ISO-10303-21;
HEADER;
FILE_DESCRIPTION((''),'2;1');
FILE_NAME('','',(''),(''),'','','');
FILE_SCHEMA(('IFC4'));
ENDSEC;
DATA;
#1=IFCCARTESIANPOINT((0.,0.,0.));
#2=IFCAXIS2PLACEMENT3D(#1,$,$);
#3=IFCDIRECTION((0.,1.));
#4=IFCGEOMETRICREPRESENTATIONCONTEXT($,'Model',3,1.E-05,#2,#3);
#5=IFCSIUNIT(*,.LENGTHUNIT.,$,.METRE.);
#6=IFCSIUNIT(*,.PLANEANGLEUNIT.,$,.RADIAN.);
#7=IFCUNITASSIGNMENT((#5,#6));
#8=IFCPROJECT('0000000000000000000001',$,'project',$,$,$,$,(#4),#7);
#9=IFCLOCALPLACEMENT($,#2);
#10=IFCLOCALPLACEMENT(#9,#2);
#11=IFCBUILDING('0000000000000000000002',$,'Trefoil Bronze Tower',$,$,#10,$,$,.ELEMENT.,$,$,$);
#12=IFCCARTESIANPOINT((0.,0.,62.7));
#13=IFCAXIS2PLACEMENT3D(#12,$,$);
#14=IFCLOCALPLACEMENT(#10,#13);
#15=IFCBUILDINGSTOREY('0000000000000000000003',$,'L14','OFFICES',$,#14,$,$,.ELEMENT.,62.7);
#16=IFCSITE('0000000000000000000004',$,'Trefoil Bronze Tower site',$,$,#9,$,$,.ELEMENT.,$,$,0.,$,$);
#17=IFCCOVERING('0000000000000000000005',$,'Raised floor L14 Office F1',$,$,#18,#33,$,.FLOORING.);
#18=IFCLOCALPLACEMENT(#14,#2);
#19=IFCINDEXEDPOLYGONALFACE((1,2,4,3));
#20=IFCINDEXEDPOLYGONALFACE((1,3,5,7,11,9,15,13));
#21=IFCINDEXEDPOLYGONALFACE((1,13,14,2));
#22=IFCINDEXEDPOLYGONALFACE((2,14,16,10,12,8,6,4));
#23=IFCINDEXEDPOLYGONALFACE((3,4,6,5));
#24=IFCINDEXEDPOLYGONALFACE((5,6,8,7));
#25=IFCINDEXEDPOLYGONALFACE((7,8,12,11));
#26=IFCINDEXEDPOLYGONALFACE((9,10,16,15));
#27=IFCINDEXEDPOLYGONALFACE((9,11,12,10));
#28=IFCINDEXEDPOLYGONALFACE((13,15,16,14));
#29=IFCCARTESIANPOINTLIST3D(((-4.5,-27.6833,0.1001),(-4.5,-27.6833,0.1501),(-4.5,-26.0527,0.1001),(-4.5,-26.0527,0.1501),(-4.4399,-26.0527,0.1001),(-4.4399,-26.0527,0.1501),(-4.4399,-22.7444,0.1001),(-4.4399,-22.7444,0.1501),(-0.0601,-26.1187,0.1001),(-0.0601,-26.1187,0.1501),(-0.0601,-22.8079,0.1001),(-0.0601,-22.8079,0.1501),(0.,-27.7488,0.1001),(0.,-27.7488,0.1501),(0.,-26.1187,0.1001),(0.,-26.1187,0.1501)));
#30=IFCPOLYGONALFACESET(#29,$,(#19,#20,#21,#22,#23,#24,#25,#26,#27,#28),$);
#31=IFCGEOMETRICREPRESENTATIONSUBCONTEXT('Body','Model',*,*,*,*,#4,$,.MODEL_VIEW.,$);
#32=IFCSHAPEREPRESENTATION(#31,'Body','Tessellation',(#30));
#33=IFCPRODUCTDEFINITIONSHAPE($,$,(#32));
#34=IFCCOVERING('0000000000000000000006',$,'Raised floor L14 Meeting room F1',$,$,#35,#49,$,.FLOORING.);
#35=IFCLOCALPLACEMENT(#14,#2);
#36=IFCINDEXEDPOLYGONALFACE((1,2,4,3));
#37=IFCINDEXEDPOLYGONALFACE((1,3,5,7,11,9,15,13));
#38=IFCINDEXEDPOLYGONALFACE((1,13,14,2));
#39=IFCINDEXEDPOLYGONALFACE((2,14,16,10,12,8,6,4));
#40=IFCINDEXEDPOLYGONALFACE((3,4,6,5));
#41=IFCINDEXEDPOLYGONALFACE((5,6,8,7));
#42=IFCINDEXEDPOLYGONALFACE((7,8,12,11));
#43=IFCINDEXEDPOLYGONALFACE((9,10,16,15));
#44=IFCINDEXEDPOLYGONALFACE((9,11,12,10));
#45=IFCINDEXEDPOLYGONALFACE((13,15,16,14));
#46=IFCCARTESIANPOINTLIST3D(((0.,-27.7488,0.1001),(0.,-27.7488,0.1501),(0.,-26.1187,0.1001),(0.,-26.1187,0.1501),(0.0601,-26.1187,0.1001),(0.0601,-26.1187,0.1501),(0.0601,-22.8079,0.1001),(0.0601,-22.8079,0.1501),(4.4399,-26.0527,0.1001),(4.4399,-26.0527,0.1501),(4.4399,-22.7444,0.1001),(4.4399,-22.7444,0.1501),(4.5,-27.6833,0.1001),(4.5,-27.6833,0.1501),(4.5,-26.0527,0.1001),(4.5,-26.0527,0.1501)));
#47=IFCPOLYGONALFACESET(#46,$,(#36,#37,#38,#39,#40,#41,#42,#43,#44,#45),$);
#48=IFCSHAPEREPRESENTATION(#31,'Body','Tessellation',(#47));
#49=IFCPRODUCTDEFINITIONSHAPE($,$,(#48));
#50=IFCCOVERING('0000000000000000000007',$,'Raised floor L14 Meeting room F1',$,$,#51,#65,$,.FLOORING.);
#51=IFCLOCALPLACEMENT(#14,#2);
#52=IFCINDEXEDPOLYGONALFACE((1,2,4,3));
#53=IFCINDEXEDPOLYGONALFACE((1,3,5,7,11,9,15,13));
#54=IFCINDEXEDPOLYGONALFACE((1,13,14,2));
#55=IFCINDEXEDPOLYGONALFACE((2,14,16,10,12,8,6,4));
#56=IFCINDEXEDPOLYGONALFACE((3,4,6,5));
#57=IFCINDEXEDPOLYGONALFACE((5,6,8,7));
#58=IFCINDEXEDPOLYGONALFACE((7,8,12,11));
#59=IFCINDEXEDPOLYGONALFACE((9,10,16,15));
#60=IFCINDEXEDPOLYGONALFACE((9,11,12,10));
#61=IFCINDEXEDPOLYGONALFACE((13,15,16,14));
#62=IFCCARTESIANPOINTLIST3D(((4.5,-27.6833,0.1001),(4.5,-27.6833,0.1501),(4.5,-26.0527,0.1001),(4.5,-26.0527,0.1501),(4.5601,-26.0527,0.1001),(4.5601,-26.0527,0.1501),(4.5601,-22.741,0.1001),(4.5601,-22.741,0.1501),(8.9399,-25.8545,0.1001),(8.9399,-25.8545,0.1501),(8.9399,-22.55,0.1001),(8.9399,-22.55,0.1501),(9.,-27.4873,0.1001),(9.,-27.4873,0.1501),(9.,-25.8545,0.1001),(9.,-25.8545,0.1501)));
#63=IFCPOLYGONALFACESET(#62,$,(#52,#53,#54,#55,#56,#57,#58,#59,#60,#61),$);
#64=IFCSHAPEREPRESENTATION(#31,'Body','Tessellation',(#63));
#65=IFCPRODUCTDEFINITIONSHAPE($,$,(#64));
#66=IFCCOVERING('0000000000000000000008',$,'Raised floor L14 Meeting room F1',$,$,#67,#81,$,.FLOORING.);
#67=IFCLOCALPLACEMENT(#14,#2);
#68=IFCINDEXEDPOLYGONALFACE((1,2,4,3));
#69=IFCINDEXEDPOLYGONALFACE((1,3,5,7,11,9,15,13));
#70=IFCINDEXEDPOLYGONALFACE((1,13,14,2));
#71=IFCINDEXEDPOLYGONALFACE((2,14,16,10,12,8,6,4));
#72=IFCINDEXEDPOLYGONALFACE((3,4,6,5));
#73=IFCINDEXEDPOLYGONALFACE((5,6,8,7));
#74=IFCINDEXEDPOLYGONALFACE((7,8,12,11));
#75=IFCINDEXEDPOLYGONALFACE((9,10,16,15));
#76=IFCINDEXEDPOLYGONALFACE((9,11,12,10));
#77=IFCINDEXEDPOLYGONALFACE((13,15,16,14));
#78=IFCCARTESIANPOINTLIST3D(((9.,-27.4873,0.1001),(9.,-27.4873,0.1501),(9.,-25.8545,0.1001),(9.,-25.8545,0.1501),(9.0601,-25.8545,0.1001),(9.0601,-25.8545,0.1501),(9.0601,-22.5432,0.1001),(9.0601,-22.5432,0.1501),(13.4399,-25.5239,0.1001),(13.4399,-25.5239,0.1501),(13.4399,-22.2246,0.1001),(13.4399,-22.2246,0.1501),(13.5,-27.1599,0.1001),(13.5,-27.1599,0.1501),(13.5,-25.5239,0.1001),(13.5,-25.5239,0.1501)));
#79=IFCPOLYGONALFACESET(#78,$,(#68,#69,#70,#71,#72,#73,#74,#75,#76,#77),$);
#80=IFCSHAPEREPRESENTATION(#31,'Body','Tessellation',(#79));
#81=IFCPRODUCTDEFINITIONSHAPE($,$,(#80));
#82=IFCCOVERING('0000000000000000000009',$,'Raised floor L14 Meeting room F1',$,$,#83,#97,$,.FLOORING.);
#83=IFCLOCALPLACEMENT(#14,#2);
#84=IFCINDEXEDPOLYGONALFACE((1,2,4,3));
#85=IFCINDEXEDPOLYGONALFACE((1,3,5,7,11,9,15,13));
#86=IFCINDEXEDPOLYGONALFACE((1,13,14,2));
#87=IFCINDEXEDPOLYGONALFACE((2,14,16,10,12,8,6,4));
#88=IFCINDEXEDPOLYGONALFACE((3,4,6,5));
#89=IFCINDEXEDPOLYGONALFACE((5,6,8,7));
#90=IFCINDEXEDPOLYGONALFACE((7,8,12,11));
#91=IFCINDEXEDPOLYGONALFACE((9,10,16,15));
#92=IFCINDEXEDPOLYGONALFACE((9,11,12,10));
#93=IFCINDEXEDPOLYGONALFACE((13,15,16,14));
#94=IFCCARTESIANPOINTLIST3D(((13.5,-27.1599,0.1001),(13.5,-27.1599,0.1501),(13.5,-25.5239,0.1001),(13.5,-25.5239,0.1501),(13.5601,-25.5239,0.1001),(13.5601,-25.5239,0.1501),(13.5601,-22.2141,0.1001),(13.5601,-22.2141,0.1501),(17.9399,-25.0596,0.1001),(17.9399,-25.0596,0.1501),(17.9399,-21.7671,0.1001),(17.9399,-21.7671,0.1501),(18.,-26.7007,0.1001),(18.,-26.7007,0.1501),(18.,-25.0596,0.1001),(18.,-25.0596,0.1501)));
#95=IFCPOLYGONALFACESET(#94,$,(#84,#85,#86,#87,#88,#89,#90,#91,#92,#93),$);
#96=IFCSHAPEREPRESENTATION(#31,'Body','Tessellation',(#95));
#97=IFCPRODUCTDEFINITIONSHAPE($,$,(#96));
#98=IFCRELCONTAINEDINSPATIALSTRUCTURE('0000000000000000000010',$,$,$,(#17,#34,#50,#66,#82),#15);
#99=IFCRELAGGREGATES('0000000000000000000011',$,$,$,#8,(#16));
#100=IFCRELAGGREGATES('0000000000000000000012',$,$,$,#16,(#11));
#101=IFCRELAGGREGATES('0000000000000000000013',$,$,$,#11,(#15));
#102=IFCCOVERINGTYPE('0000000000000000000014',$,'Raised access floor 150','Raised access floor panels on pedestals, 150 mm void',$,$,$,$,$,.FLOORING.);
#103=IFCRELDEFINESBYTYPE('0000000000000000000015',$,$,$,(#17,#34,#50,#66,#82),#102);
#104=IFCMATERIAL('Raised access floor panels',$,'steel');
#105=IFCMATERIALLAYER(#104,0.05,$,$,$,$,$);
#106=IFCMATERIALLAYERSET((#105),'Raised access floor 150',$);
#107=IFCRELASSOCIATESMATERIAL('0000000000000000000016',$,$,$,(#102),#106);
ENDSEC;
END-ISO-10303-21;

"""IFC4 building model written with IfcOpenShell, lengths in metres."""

from ifc_helpers import new_model, si_unit, direction, frame, origin, place, context, subcontext, project, spatial, polyline, outline, extrude, material, layer, layer_set, type_object, element, save


model = new_model("IFC4")

# Units and contexts
model_context = context("Model", 3, precision=1e-05, world=origin(), true_north=direction((0.0, 1.0)))
body_context = subcontext(model_context, "Body", "Model", "MODEL_VIEW")
ifc_project = project(units=[si_unit("LENGTHUNIT", "METRE"), si_unit("PLANEANGLEUNIT", "RADIAN")], contexts=[model_context])

# Site, building, storey
site_placement = place(None, origin())
site = spatial("IfcSite", under=ifc_project, at=site_placement, Name="Trefoil Bronze Tower site", CompositionType="ELEMENT", RefElevation=0.0)
building_placement = place(site_placement, origin())
building = spatial("IfcBuilding", under=site, at=building_placement, Name="Trefoil Bronze Tower", CompositionType="ELEMENT")
storey_placement = place(building_placement, frame((0.0, 0.0, 62.7)))
storey = spatial("IfcBuildingStorey", under=building, at=storey_placement, Name="L14", Description="OFFICES", CompositionType="ELEMENT", Elevation=62.7)

# Coverings
ifc_material_1 = material(Name="Raised access floor panels", Category="steel")
ifc_layer_1 = layer(ifc_material_1, 0.05)
ifc_layer_set_1 = layer_set([ifc_layer_1], Name="Raised access floor 150")
covering_type_1 = type_object("IfcCoveringType", Name="Raised access floor 150", Description="Raised access floor panels on pedestals, 150 mm void", PredefinedType="FLOORING", material=ifc_layer_set_1)
covering_1_placement = place(storey_placement, frame((0.0, 0.0, 0.1001)))
element("IfcCovering", 1, at=covering_1_placement, inside=storey, type_object=covering_type_1, Name="Raised floor L14 Office F1", PredefinedType="FLOORING", context=body_context, shape_type="SweptSolid", body=[
    extrude(outline(polyline([(0.0, -27.7488), (-4.5, -27.6833), (-4.5, -26.0527), (-4.4399, -26.0527), (-4.4399, -22.7444), (-0.0601, -22.8079), (-0.0601, -26.1187), (0.0, -26.1187), (0.0, -27.7488)])), origin(), (0.0, 0.0, 1.0), 0.05),
])
covering_2_placement = place(storey_placement, frame((0.0, 0.0, 0.1001)))
element("IfcCovering", 2, at=covering_2_placement, inside=storey, type_object=covering_type_1, Name="Raised floor L14 Meeting room F1", PredefinedType="FLOORING", context=body_context, shape_type="SweptSolid", body=[
    extrude(outline(polyline([(4.5, -27.6833), (0.0, -27.7488), (0.0, -26.1187), (0.0601, -26.1187), (0.0601, -22.8079), (4.4399, -22.7444), (4.4399, -26.0527), (4.5, -26.0527), (4.5, -27.6833)])), origin(), (0.0, 0.0, 1.0), 0.05),
])
covering_3_placement = place(storey_placement, frame((0.0, 0.0, 0.1001)))
element("IfcCovering", 3, at=covering_3_placement, inside=storey, type_object=covering_type_1, Name="Raised floor L14 Meeting room F1", PredefinedType="FLOORING", context=body_context, shape_type="SweptSolid", body=[
    extrude(outline(polyline([(9.0, -27.4873), (4.5, -27.6833), (4.5, -26.0527), (4.5601, -26.0527), (4.5601, -22.741), (8.9399, -22.55), (8.9399, -25.8545), (9.0, -25.8545), (9.0, -27.4873)])), origin(), (0.0, 0.0, 1.0), 0.05),
])
covering_4_placement = place(storey_placement, frame((0.0, 0.0, 0.1001)))
element("IfcCovering", 4, at=covering_4_placement, inside=storey, type_object=covering_type_1, Name="Raised floor L14 Meeting room F1", PredefinedType="FLOORING", context=body_context, shape_type="SweptSolid", body=[
    extrude(outline(polyline([(13.5, -27.1599), (9.0, -27.4873), (9.0, -25.8545), (9.0601, -25.8545), (9.0601, -22.5432), (13.4399, -22.2246), (13.4399, -25.5239), (13.5, -25.5239), (13.5, -27.1599)])), origin(), (0.0, 0.0, 1.0), 0.05),
])
covering_5_placement = place(storey_placement, frame((0.0, 0.0, 0.1001)))
element("IfcCovering", 5, at=covering_5_placement, inside=storey, type_object=covering_type_1, Name="Raised floor L14 Meeting room F1", PredefinedType="FLOORING", context=body_context, shape_type="SweptSolid", body=[
    extrude(outline(polyline([(18.0, -26.7007), (13.5, -27.1599), (13.5, -25.5239), (13.5601, -25.5239), (13.5601, -22.2141), (17.9399, -21.7671), (17.9399, -25.0596), (18.0, -25.0596), (18.0, -26.7007)])), origin(), (0.0, 0.0, 1.0), 0.05),
])

save(model, "model.ifc")
